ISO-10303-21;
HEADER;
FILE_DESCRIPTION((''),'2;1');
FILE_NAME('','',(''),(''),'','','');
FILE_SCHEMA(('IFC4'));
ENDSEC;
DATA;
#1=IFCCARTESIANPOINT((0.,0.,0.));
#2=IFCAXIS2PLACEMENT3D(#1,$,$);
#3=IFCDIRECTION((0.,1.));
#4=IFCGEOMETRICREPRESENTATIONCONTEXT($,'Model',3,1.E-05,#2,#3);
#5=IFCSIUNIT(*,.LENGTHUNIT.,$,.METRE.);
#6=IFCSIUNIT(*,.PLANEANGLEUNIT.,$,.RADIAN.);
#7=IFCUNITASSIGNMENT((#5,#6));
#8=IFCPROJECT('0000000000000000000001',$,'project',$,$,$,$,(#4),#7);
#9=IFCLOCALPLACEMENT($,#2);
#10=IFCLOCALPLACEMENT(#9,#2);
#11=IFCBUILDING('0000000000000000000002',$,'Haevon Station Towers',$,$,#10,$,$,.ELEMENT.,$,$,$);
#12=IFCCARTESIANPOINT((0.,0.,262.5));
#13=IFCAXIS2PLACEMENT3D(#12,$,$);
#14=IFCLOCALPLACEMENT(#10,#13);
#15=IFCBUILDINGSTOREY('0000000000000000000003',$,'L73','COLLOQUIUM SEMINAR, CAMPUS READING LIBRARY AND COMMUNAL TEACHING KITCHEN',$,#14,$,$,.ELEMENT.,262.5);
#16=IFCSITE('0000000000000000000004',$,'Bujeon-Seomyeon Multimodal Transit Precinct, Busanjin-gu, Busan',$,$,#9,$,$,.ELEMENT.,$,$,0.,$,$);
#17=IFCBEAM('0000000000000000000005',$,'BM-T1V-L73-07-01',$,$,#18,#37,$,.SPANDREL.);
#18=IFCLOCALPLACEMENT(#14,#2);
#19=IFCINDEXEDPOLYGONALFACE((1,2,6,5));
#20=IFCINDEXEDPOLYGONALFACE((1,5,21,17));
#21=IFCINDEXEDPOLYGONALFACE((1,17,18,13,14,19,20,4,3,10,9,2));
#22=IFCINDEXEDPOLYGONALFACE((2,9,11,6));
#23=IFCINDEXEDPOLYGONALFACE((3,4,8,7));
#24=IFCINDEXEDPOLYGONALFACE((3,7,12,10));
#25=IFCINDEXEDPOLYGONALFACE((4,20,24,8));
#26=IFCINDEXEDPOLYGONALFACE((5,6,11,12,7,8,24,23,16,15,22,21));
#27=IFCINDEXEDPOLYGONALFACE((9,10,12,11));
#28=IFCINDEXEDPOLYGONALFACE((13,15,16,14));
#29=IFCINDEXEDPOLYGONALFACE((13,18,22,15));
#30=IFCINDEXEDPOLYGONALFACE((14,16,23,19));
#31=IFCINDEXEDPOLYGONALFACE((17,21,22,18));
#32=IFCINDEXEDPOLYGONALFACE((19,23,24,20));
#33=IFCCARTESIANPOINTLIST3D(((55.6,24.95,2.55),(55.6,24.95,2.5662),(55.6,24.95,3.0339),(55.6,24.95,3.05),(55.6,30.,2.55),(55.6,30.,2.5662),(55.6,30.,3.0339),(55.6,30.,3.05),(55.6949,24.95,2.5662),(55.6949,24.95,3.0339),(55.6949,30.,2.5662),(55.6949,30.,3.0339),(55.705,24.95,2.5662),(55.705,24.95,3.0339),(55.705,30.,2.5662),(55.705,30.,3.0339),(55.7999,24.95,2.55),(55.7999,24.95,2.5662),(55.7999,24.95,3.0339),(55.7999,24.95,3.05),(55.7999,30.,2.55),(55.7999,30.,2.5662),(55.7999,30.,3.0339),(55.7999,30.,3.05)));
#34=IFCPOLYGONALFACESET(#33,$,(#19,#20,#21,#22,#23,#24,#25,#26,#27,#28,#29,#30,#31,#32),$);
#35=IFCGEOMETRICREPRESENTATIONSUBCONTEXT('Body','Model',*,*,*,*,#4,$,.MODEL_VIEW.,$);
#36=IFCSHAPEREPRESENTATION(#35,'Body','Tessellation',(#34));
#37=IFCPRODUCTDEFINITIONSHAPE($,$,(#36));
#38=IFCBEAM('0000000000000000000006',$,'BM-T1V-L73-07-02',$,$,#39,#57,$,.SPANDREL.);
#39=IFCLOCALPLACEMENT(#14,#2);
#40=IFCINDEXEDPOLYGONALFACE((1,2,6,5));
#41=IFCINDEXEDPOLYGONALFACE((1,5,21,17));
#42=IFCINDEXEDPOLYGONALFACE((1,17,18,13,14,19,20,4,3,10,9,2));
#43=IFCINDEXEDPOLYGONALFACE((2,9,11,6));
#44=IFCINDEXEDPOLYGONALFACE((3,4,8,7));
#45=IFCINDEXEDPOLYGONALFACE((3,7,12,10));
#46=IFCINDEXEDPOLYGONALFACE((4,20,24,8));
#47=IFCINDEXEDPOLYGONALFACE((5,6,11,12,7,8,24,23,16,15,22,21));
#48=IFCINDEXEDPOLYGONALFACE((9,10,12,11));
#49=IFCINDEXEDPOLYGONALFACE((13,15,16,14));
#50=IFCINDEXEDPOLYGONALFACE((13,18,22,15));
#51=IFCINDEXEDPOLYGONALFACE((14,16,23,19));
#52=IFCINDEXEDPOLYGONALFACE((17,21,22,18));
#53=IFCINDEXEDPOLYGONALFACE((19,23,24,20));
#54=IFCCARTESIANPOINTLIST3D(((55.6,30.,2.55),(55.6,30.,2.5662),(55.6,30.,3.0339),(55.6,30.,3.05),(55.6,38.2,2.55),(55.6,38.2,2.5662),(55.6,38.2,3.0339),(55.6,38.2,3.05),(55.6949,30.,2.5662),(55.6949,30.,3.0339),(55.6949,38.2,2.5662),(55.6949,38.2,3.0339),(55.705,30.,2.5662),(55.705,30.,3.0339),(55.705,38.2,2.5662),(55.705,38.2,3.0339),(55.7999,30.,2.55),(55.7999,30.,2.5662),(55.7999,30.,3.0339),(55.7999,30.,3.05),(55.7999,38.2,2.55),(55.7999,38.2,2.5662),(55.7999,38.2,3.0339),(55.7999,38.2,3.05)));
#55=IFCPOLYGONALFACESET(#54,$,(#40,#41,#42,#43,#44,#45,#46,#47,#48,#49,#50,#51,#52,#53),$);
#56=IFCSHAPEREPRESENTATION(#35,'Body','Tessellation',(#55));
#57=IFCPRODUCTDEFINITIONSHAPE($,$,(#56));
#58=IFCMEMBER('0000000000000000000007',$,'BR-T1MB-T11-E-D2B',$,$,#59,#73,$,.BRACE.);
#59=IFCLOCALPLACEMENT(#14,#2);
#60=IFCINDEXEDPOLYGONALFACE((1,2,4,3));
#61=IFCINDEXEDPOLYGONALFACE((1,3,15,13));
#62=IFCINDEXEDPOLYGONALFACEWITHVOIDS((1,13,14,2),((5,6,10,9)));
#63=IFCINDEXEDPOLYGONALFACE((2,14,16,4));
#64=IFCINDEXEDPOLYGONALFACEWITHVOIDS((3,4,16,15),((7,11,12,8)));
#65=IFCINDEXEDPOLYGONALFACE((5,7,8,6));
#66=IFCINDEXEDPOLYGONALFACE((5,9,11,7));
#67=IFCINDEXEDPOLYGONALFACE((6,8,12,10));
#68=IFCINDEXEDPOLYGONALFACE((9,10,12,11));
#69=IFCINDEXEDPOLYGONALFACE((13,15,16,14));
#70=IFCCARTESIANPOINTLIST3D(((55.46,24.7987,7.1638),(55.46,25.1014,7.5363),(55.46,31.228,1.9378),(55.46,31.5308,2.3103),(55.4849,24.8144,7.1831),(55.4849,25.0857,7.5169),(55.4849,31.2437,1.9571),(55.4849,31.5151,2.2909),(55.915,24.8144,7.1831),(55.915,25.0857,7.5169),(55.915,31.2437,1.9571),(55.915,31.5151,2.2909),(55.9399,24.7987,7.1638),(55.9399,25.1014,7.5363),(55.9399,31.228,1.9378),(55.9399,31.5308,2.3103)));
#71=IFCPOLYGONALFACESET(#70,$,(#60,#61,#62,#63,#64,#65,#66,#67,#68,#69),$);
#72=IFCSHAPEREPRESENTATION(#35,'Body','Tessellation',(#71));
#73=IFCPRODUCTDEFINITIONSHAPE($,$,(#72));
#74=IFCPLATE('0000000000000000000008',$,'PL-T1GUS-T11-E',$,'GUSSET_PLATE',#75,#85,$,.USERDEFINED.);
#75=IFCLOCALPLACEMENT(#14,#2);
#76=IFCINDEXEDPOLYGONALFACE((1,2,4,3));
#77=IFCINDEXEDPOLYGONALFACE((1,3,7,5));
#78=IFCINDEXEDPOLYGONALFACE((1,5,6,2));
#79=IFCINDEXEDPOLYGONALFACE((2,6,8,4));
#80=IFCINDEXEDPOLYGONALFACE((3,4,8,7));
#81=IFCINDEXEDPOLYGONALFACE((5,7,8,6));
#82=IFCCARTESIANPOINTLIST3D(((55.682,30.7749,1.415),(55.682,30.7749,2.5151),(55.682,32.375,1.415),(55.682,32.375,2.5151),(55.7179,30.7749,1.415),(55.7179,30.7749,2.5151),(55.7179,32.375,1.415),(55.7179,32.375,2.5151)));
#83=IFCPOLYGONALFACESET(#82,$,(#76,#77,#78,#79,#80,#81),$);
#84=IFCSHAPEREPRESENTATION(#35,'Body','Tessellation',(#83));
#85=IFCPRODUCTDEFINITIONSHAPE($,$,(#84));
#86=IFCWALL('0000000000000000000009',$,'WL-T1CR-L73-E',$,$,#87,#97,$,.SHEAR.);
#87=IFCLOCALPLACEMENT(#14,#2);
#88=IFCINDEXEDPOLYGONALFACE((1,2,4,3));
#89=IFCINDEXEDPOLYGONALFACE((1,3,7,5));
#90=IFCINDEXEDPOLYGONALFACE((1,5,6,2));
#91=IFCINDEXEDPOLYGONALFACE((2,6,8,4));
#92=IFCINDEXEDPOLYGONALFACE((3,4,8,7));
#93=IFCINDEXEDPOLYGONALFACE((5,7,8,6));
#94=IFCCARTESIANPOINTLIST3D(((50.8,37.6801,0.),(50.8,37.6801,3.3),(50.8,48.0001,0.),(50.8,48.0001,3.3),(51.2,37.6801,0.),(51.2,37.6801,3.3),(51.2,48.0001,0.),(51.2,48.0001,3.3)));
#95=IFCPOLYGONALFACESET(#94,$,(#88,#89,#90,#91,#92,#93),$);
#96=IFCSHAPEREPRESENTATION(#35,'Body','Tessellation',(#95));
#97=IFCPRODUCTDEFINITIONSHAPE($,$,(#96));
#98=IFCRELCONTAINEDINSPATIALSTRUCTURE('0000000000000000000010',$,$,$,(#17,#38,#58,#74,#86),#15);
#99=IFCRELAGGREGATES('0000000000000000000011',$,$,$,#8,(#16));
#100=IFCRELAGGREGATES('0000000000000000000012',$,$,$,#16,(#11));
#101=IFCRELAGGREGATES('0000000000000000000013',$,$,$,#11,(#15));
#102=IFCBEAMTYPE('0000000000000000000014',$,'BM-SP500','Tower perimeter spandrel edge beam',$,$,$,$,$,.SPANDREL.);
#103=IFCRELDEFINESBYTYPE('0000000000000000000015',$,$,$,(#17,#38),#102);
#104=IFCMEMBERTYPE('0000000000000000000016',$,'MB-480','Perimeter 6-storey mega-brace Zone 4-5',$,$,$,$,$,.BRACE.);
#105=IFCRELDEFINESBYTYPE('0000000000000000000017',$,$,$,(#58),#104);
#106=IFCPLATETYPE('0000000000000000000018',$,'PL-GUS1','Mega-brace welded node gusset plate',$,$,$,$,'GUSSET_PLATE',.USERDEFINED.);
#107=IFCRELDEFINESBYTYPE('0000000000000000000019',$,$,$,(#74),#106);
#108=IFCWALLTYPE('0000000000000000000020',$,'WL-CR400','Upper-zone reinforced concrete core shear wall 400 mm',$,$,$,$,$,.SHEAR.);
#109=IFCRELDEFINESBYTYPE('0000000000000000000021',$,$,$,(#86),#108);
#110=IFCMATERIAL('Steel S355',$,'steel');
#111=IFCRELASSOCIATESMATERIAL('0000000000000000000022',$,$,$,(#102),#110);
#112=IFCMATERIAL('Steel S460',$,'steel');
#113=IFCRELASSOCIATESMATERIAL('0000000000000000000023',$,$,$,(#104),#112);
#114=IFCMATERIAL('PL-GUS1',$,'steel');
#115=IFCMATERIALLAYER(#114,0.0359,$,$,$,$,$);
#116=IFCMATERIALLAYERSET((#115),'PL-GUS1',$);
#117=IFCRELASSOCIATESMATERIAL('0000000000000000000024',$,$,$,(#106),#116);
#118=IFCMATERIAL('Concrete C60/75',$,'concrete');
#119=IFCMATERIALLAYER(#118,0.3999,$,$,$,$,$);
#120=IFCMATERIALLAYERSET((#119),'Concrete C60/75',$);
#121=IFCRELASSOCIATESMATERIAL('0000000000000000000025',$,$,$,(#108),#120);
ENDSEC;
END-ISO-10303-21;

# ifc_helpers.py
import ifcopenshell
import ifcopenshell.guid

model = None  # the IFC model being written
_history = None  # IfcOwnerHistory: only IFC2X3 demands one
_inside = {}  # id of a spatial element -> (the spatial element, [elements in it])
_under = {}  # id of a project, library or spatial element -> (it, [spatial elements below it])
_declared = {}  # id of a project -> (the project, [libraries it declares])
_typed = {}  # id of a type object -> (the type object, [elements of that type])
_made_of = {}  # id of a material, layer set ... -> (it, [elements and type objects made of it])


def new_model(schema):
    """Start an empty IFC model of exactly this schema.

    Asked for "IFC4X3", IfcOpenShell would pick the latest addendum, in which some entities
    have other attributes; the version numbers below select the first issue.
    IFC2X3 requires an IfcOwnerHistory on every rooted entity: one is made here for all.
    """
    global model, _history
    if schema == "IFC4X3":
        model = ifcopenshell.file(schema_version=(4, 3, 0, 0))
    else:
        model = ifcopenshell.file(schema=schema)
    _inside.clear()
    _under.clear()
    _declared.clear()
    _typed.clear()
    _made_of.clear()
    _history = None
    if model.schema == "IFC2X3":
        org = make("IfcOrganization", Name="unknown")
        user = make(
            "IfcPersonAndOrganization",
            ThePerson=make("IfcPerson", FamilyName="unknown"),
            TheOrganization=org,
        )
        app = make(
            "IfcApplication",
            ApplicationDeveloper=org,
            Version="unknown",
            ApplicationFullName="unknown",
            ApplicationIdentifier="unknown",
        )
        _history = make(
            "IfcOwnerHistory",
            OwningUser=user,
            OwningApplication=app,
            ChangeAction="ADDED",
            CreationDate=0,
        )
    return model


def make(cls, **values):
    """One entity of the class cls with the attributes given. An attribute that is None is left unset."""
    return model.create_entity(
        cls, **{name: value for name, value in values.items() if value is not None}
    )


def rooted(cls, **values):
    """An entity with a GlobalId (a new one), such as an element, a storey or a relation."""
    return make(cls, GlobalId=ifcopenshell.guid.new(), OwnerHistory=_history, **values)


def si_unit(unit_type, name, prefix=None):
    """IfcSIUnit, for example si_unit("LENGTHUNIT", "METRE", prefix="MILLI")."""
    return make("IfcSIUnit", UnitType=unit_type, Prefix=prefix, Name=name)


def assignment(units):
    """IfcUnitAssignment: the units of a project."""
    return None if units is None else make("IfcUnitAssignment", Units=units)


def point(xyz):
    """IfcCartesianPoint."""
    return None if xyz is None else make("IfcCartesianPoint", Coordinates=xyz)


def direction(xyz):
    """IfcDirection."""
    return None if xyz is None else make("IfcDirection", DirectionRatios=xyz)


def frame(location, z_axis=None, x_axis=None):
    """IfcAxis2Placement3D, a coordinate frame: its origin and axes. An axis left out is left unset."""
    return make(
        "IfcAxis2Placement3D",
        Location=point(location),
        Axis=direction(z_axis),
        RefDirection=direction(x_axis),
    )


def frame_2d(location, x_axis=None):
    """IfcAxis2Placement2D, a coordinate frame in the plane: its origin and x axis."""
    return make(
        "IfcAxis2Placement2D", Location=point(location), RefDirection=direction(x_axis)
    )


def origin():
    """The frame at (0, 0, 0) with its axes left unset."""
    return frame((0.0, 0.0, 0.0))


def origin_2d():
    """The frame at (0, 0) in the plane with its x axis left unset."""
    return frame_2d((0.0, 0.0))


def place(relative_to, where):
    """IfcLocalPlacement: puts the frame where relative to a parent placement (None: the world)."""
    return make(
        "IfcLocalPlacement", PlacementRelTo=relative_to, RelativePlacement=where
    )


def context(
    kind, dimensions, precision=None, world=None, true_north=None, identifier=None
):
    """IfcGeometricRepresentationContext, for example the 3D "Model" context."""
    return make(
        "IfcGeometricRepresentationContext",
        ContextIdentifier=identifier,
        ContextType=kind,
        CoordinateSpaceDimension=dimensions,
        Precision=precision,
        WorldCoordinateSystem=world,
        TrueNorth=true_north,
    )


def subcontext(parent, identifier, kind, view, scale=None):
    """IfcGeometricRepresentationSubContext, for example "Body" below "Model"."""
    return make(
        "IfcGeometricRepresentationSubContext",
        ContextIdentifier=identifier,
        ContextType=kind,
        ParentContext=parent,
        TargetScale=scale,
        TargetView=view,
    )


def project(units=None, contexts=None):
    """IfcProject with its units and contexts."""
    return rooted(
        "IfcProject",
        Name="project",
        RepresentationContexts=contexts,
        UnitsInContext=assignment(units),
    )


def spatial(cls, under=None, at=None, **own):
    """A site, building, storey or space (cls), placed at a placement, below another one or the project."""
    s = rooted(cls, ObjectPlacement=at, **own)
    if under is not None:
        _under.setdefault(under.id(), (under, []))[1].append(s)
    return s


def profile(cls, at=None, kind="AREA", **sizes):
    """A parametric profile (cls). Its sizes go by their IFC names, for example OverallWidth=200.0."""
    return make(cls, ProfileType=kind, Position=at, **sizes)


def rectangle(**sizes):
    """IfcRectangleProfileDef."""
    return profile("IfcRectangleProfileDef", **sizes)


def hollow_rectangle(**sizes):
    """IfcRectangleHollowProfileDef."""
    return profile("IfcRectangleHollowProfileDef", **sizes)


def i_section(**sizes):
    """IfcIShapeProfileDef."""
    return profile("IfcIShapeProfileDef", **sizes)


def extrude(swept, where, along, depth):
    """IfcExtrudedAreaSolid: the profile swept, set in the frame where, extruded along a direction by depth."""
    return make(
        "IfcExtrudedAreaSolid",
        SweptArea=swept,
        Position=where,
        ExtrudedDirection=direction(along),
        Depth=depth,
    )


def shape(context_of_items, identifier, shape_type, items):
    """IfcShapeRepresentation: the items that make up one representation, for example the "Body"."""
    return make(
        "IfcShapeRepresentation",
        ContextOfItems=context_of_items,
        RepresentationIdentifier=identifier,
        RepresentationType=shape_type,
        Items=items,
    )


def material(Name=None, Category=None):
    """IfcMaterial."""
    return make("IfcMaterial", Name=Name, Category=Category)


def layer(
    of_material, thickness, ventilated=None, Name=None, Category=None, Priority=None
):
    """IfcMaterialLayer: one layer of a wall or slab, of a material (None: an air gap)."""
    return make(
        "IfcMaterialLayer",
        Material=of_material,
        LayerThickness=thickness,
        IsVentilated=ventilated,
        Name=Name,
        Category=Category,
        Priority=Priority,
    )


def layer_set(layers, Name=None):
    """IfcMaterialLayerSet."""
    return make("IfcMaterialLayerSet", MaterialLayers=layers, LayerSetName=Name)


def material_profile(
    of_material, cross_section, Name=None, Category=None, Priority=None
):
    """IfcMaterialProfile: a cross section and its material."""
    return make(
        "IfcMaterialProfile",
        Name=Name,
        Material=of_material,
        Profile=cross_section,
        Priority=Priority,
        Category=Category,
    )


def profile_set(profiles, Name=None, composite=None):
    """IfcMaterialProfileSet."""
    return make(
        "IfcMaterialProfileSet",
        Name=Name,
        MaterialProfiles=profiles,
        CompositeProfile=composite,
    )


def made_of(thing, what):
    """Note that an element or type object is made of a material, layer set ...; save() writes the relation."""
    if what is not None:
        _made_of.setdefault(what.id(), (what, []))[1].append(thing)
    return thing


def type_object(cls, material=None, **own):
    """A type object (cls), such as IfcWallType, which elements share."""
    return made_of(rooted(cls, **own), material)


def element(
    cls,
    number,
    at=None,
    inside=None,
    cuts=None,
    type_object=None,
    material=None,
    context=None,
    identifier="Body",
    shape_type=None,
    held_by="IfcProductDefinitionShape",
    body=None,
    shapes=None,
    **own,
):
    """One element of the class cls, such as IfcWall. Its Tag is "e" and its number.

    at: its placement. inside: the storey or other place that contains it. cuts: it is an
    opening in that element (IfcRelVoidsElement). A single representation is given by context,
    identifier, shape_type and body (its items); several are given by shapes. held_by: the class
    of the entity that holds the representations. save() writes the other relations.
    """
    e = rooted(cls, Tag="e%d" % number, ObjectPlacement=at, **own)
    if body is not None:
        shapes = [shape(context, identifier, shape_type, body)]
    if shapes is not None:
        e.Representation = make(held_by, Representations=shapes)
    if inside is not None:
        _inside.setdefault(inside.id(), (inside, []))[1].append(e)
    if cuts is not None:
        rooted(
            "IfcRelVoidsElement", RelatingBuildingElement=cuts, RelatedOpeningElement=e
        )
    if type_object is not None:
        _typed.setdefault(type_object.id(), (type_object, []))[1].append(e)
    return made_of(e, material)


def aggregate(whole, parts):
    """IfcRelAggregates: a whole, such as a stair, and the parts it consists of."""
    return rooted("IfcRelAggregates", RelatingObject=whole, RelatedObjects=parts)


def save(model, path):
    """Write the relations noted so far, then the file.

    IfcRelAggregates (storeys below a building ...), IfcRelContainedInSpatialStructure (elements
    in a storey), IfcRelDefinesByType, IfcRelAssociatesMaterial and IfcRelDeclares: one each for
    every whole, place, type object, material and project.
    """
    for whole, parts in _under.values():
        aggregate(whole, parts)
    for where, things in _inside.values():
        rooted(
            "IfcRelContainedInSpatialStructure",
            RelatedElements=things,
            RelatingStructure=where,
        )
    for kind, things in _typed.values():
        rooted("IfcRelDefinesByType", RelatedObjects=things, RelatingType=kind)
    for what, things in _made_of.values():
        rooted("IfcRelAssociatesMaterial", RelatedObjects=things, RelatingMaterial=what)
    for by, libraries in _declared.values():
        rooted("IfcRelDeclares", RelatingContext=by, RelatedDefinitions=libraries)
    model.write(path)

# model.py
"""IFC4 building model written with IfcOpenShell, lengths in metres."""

from ifc_helpers import new_model, si_unit, direction, frame, frame_2d, origin, origin_2d, place, context, subcontext, project, spatial, rectangle, hollow_rectangle, i_section, extrude, material, layer, layer_set, material_profile, profile_set, type_object, element, save


model = new_model("IFC4")

# Units and contexts
model_context = context("Model", 3, precision=1e-05, world=origin(), true_north=direction((0.0, 1.0)))
body_context = subcontext(model_context, "Body", "Model", "MODEL_VIEW")
ifc_project = project(units=[si_unit("LENGTHUNIT", "METRE"), si_unit("PLANEANGLEUNIT", "RADIAN")], contexts=[model_context])

# Site, building, storey
site_placement = place(None, origin())
site = spatial("IfcSite", under=ifc_project, at=site_placement, Name="Bujeon-Seomyeon Multimodal Transit Precinct, Busanjin-gu, Busan", CompositionType="ELEMENT", RefElevation=0.0)
building_placement = place(site_placement, origin())
building = spatial("IfcBuilding", under=site, at=building_placement, Name="Haevon Station Towers", CompositionType="ELEMENT")
storey_placement = place(building_placement, frame((0.0, 0.0, 262.5)))
storey = spatial("IfcBuildingStorey", under=building, at=storey_placement, Name="L73", Description="COLLOQUIUM SEMINAR, CAMPUS READING LIBRARY AND COMMUNAL TEACHING KITCHEN", CompositionType="ELEMENT", Elevation=262.5)

# Shared definitions
ifc_material_1 = material(Name="Steel S460", Category="steel")
ifc_material_2 = material(Name="Steel S355", Category="steel")

# Beams
ifc_material_profile_1 = material_profile(ifc_material_2, i_section(OverallWidth=0.2, OverallDepth=0.5, WebThickness=0.01, FlangeThickness=0.0161, at=origin_2d()), Name="H-500x200x10x16")
ifc_profile_set_1 = profile_set([ifc_material_profile_1], Name="Steel S355")
beam_type_1 = type_object("IfcBeamType", Name="BM-SP500", Description="Tower perimeter spandrel edge beam", PredefinedType="SPANDREL", material=ifc_profile_set_1)
beam_1_placement = place(storey_placement, frame((55.7, 24.95, 2.8), z_axis=(0.0, 1.0, 0.0), x_axis=(-1.0, 0.0, 0.0)))
element("IfcBeam", 1, at=beam_1_placement, inside=storey, type_object=beam_type_1, Name="BM-T1V-L73-07-01", PredefinedType="SPANDREL", context=body_context, shape_type="SweptSolid", body=[
    extrude(i_section(OverallWidth=0.2, OverallDepth=0.5, WebThickness=0.01, FlangeThickness=0.0161, at=origin_2d()), origin(), (0.0, 0.0, 1.0), 5.05),
])
beam_2_placement = place(storey_placement, frame((55.7, 30.0, 2.8), z_axis=(0.0, 1.0, 0.0), x_axis=(-1.0, 0.0, 0.0)))
element("IfcBeam", 2, at=beam_2_placement, inside=storey, type_object=beam_type_1, Name="BM-T1V-L73-07-02", PredefinedType="SPANDREL", context=body_context, shape_type="SweptSolid", body=[
    extrude(i_section(OverallWidth=0.2, OverallDepth=0.5, WebThickness=0.01, FlangeThickness=0.0161, at=origin_2d()), origin(), (0.0, 0.0, 1.0), 8.2),
])

# Member
ifc_material_profile_2 = material_profile(ifc_material_1, hollow_rectangle(XDim=0.48, YDim=0.48, WallThickness=0.0249, at=origin_2d()), Name="RHS-480x480x25")
ifc_profile_set_2 = profile_set([ifc_material_profile_2], Name="Steel S460")
member_type = type_object("IfcMemberType", Name="MB-480", Description="Perimeter 6-storey mega-brace Zone 4-5", PredefinedType="BRACE", material=ifc_profile_set_2)
member_placement = place(storey_placement, frame((55.7, 31.3794, 2.124), z_axis=(0.0, -0.775987, 0.630749), x_axis=(1.0, 0.0, 0.0)))
element("IfcMember", 3, at=member_placement, inside=storey, type_object=member_type, Name="BR-T1MB-T11-E-D2B", PredefinedType="BRACE", context=body_context, shape_type="SweptSolid", body=[
    extrude(hollow_rectangle(XDim=0.48, YDim=0.48, WallThickness=0.0249, at=origin_2d()), origin(), (0.0, 0.0, 1.0), 8.2854),
])

# Plate
ifc_material_3 = material(Name="PL-GUS1", Category="steel")
ifc_layer_1 = layer(ifc_material_3, 0.0359)
ifc_layer_set_1 = layer_set([ifc_layer_1], Name="PL-GUS1")
plate_type = type_object("IfcPlateType", Name="PL-GUS1", Description="Mega-brace welded node gusset plate", ElementType="GUSSET_PLATE", PredefinedType="USERDEFINED", material=ifc_layer_set_1)
plate_placement = place(storey_placement, frame((55.7, 31.575, 1.415), z_axis=(0.0, 0.0, 1.0), x_axis=(0.0, 1.0, 0.0)))
element("IfcPlate", 4, at=plate_placement, inside=storey, type_object=plate_type, Name="PL-T1GUS-T11-E", ObjectType="GUSSET_PLATE", PredefinedType="USERDEFINED", context=body_context, shape_type="SweptSolid", body=[
    extrude(rectangle(XDim=1.6001, YDim=0.0359, at=origin_2d()), origin(), (0.0, 0.0, 1.0), 1.1001),
])

# Wall
ifc_material_4 = material(Name="Concrete C60/75", Category="concrete")
ifc_layer_2 = layer(ifc_material_4, 0.3999)
ifc_layer_set_2 = layer_set([ifc_layer_2], Name="Concrete C60/75")
wall_type_1 = type_object("IfcWallType", Name="WL-CR400", Description="Upper-zone reinforced concrete core shear wall 400 mm", PredefinedType="SHEAR", material=ifc_layer_set_2)
wall_1_placement = place(storey_placement, frame((51.0, 37.6799, 0.0), z_axis=(0.0, 0.0, 1.0), x_axis=(0.0, 1.0, 0.0)))
element("IfcWall", 5, at=wall_1_placement, inside=storey, type_object=wall_type_1, Name="WL-T1CR-L73-E", PredefinedType="SHEAR", context=body_context, shape_type="SweptSolid", body=[
    extrude(rectangle(XDim=10.3201, YDim=0.3999, at=frame_2d((5.1602, 0.0))), origin(), (0.0, 0.0, 1.0), 3.3),
])

save(model, "model.ifc")
